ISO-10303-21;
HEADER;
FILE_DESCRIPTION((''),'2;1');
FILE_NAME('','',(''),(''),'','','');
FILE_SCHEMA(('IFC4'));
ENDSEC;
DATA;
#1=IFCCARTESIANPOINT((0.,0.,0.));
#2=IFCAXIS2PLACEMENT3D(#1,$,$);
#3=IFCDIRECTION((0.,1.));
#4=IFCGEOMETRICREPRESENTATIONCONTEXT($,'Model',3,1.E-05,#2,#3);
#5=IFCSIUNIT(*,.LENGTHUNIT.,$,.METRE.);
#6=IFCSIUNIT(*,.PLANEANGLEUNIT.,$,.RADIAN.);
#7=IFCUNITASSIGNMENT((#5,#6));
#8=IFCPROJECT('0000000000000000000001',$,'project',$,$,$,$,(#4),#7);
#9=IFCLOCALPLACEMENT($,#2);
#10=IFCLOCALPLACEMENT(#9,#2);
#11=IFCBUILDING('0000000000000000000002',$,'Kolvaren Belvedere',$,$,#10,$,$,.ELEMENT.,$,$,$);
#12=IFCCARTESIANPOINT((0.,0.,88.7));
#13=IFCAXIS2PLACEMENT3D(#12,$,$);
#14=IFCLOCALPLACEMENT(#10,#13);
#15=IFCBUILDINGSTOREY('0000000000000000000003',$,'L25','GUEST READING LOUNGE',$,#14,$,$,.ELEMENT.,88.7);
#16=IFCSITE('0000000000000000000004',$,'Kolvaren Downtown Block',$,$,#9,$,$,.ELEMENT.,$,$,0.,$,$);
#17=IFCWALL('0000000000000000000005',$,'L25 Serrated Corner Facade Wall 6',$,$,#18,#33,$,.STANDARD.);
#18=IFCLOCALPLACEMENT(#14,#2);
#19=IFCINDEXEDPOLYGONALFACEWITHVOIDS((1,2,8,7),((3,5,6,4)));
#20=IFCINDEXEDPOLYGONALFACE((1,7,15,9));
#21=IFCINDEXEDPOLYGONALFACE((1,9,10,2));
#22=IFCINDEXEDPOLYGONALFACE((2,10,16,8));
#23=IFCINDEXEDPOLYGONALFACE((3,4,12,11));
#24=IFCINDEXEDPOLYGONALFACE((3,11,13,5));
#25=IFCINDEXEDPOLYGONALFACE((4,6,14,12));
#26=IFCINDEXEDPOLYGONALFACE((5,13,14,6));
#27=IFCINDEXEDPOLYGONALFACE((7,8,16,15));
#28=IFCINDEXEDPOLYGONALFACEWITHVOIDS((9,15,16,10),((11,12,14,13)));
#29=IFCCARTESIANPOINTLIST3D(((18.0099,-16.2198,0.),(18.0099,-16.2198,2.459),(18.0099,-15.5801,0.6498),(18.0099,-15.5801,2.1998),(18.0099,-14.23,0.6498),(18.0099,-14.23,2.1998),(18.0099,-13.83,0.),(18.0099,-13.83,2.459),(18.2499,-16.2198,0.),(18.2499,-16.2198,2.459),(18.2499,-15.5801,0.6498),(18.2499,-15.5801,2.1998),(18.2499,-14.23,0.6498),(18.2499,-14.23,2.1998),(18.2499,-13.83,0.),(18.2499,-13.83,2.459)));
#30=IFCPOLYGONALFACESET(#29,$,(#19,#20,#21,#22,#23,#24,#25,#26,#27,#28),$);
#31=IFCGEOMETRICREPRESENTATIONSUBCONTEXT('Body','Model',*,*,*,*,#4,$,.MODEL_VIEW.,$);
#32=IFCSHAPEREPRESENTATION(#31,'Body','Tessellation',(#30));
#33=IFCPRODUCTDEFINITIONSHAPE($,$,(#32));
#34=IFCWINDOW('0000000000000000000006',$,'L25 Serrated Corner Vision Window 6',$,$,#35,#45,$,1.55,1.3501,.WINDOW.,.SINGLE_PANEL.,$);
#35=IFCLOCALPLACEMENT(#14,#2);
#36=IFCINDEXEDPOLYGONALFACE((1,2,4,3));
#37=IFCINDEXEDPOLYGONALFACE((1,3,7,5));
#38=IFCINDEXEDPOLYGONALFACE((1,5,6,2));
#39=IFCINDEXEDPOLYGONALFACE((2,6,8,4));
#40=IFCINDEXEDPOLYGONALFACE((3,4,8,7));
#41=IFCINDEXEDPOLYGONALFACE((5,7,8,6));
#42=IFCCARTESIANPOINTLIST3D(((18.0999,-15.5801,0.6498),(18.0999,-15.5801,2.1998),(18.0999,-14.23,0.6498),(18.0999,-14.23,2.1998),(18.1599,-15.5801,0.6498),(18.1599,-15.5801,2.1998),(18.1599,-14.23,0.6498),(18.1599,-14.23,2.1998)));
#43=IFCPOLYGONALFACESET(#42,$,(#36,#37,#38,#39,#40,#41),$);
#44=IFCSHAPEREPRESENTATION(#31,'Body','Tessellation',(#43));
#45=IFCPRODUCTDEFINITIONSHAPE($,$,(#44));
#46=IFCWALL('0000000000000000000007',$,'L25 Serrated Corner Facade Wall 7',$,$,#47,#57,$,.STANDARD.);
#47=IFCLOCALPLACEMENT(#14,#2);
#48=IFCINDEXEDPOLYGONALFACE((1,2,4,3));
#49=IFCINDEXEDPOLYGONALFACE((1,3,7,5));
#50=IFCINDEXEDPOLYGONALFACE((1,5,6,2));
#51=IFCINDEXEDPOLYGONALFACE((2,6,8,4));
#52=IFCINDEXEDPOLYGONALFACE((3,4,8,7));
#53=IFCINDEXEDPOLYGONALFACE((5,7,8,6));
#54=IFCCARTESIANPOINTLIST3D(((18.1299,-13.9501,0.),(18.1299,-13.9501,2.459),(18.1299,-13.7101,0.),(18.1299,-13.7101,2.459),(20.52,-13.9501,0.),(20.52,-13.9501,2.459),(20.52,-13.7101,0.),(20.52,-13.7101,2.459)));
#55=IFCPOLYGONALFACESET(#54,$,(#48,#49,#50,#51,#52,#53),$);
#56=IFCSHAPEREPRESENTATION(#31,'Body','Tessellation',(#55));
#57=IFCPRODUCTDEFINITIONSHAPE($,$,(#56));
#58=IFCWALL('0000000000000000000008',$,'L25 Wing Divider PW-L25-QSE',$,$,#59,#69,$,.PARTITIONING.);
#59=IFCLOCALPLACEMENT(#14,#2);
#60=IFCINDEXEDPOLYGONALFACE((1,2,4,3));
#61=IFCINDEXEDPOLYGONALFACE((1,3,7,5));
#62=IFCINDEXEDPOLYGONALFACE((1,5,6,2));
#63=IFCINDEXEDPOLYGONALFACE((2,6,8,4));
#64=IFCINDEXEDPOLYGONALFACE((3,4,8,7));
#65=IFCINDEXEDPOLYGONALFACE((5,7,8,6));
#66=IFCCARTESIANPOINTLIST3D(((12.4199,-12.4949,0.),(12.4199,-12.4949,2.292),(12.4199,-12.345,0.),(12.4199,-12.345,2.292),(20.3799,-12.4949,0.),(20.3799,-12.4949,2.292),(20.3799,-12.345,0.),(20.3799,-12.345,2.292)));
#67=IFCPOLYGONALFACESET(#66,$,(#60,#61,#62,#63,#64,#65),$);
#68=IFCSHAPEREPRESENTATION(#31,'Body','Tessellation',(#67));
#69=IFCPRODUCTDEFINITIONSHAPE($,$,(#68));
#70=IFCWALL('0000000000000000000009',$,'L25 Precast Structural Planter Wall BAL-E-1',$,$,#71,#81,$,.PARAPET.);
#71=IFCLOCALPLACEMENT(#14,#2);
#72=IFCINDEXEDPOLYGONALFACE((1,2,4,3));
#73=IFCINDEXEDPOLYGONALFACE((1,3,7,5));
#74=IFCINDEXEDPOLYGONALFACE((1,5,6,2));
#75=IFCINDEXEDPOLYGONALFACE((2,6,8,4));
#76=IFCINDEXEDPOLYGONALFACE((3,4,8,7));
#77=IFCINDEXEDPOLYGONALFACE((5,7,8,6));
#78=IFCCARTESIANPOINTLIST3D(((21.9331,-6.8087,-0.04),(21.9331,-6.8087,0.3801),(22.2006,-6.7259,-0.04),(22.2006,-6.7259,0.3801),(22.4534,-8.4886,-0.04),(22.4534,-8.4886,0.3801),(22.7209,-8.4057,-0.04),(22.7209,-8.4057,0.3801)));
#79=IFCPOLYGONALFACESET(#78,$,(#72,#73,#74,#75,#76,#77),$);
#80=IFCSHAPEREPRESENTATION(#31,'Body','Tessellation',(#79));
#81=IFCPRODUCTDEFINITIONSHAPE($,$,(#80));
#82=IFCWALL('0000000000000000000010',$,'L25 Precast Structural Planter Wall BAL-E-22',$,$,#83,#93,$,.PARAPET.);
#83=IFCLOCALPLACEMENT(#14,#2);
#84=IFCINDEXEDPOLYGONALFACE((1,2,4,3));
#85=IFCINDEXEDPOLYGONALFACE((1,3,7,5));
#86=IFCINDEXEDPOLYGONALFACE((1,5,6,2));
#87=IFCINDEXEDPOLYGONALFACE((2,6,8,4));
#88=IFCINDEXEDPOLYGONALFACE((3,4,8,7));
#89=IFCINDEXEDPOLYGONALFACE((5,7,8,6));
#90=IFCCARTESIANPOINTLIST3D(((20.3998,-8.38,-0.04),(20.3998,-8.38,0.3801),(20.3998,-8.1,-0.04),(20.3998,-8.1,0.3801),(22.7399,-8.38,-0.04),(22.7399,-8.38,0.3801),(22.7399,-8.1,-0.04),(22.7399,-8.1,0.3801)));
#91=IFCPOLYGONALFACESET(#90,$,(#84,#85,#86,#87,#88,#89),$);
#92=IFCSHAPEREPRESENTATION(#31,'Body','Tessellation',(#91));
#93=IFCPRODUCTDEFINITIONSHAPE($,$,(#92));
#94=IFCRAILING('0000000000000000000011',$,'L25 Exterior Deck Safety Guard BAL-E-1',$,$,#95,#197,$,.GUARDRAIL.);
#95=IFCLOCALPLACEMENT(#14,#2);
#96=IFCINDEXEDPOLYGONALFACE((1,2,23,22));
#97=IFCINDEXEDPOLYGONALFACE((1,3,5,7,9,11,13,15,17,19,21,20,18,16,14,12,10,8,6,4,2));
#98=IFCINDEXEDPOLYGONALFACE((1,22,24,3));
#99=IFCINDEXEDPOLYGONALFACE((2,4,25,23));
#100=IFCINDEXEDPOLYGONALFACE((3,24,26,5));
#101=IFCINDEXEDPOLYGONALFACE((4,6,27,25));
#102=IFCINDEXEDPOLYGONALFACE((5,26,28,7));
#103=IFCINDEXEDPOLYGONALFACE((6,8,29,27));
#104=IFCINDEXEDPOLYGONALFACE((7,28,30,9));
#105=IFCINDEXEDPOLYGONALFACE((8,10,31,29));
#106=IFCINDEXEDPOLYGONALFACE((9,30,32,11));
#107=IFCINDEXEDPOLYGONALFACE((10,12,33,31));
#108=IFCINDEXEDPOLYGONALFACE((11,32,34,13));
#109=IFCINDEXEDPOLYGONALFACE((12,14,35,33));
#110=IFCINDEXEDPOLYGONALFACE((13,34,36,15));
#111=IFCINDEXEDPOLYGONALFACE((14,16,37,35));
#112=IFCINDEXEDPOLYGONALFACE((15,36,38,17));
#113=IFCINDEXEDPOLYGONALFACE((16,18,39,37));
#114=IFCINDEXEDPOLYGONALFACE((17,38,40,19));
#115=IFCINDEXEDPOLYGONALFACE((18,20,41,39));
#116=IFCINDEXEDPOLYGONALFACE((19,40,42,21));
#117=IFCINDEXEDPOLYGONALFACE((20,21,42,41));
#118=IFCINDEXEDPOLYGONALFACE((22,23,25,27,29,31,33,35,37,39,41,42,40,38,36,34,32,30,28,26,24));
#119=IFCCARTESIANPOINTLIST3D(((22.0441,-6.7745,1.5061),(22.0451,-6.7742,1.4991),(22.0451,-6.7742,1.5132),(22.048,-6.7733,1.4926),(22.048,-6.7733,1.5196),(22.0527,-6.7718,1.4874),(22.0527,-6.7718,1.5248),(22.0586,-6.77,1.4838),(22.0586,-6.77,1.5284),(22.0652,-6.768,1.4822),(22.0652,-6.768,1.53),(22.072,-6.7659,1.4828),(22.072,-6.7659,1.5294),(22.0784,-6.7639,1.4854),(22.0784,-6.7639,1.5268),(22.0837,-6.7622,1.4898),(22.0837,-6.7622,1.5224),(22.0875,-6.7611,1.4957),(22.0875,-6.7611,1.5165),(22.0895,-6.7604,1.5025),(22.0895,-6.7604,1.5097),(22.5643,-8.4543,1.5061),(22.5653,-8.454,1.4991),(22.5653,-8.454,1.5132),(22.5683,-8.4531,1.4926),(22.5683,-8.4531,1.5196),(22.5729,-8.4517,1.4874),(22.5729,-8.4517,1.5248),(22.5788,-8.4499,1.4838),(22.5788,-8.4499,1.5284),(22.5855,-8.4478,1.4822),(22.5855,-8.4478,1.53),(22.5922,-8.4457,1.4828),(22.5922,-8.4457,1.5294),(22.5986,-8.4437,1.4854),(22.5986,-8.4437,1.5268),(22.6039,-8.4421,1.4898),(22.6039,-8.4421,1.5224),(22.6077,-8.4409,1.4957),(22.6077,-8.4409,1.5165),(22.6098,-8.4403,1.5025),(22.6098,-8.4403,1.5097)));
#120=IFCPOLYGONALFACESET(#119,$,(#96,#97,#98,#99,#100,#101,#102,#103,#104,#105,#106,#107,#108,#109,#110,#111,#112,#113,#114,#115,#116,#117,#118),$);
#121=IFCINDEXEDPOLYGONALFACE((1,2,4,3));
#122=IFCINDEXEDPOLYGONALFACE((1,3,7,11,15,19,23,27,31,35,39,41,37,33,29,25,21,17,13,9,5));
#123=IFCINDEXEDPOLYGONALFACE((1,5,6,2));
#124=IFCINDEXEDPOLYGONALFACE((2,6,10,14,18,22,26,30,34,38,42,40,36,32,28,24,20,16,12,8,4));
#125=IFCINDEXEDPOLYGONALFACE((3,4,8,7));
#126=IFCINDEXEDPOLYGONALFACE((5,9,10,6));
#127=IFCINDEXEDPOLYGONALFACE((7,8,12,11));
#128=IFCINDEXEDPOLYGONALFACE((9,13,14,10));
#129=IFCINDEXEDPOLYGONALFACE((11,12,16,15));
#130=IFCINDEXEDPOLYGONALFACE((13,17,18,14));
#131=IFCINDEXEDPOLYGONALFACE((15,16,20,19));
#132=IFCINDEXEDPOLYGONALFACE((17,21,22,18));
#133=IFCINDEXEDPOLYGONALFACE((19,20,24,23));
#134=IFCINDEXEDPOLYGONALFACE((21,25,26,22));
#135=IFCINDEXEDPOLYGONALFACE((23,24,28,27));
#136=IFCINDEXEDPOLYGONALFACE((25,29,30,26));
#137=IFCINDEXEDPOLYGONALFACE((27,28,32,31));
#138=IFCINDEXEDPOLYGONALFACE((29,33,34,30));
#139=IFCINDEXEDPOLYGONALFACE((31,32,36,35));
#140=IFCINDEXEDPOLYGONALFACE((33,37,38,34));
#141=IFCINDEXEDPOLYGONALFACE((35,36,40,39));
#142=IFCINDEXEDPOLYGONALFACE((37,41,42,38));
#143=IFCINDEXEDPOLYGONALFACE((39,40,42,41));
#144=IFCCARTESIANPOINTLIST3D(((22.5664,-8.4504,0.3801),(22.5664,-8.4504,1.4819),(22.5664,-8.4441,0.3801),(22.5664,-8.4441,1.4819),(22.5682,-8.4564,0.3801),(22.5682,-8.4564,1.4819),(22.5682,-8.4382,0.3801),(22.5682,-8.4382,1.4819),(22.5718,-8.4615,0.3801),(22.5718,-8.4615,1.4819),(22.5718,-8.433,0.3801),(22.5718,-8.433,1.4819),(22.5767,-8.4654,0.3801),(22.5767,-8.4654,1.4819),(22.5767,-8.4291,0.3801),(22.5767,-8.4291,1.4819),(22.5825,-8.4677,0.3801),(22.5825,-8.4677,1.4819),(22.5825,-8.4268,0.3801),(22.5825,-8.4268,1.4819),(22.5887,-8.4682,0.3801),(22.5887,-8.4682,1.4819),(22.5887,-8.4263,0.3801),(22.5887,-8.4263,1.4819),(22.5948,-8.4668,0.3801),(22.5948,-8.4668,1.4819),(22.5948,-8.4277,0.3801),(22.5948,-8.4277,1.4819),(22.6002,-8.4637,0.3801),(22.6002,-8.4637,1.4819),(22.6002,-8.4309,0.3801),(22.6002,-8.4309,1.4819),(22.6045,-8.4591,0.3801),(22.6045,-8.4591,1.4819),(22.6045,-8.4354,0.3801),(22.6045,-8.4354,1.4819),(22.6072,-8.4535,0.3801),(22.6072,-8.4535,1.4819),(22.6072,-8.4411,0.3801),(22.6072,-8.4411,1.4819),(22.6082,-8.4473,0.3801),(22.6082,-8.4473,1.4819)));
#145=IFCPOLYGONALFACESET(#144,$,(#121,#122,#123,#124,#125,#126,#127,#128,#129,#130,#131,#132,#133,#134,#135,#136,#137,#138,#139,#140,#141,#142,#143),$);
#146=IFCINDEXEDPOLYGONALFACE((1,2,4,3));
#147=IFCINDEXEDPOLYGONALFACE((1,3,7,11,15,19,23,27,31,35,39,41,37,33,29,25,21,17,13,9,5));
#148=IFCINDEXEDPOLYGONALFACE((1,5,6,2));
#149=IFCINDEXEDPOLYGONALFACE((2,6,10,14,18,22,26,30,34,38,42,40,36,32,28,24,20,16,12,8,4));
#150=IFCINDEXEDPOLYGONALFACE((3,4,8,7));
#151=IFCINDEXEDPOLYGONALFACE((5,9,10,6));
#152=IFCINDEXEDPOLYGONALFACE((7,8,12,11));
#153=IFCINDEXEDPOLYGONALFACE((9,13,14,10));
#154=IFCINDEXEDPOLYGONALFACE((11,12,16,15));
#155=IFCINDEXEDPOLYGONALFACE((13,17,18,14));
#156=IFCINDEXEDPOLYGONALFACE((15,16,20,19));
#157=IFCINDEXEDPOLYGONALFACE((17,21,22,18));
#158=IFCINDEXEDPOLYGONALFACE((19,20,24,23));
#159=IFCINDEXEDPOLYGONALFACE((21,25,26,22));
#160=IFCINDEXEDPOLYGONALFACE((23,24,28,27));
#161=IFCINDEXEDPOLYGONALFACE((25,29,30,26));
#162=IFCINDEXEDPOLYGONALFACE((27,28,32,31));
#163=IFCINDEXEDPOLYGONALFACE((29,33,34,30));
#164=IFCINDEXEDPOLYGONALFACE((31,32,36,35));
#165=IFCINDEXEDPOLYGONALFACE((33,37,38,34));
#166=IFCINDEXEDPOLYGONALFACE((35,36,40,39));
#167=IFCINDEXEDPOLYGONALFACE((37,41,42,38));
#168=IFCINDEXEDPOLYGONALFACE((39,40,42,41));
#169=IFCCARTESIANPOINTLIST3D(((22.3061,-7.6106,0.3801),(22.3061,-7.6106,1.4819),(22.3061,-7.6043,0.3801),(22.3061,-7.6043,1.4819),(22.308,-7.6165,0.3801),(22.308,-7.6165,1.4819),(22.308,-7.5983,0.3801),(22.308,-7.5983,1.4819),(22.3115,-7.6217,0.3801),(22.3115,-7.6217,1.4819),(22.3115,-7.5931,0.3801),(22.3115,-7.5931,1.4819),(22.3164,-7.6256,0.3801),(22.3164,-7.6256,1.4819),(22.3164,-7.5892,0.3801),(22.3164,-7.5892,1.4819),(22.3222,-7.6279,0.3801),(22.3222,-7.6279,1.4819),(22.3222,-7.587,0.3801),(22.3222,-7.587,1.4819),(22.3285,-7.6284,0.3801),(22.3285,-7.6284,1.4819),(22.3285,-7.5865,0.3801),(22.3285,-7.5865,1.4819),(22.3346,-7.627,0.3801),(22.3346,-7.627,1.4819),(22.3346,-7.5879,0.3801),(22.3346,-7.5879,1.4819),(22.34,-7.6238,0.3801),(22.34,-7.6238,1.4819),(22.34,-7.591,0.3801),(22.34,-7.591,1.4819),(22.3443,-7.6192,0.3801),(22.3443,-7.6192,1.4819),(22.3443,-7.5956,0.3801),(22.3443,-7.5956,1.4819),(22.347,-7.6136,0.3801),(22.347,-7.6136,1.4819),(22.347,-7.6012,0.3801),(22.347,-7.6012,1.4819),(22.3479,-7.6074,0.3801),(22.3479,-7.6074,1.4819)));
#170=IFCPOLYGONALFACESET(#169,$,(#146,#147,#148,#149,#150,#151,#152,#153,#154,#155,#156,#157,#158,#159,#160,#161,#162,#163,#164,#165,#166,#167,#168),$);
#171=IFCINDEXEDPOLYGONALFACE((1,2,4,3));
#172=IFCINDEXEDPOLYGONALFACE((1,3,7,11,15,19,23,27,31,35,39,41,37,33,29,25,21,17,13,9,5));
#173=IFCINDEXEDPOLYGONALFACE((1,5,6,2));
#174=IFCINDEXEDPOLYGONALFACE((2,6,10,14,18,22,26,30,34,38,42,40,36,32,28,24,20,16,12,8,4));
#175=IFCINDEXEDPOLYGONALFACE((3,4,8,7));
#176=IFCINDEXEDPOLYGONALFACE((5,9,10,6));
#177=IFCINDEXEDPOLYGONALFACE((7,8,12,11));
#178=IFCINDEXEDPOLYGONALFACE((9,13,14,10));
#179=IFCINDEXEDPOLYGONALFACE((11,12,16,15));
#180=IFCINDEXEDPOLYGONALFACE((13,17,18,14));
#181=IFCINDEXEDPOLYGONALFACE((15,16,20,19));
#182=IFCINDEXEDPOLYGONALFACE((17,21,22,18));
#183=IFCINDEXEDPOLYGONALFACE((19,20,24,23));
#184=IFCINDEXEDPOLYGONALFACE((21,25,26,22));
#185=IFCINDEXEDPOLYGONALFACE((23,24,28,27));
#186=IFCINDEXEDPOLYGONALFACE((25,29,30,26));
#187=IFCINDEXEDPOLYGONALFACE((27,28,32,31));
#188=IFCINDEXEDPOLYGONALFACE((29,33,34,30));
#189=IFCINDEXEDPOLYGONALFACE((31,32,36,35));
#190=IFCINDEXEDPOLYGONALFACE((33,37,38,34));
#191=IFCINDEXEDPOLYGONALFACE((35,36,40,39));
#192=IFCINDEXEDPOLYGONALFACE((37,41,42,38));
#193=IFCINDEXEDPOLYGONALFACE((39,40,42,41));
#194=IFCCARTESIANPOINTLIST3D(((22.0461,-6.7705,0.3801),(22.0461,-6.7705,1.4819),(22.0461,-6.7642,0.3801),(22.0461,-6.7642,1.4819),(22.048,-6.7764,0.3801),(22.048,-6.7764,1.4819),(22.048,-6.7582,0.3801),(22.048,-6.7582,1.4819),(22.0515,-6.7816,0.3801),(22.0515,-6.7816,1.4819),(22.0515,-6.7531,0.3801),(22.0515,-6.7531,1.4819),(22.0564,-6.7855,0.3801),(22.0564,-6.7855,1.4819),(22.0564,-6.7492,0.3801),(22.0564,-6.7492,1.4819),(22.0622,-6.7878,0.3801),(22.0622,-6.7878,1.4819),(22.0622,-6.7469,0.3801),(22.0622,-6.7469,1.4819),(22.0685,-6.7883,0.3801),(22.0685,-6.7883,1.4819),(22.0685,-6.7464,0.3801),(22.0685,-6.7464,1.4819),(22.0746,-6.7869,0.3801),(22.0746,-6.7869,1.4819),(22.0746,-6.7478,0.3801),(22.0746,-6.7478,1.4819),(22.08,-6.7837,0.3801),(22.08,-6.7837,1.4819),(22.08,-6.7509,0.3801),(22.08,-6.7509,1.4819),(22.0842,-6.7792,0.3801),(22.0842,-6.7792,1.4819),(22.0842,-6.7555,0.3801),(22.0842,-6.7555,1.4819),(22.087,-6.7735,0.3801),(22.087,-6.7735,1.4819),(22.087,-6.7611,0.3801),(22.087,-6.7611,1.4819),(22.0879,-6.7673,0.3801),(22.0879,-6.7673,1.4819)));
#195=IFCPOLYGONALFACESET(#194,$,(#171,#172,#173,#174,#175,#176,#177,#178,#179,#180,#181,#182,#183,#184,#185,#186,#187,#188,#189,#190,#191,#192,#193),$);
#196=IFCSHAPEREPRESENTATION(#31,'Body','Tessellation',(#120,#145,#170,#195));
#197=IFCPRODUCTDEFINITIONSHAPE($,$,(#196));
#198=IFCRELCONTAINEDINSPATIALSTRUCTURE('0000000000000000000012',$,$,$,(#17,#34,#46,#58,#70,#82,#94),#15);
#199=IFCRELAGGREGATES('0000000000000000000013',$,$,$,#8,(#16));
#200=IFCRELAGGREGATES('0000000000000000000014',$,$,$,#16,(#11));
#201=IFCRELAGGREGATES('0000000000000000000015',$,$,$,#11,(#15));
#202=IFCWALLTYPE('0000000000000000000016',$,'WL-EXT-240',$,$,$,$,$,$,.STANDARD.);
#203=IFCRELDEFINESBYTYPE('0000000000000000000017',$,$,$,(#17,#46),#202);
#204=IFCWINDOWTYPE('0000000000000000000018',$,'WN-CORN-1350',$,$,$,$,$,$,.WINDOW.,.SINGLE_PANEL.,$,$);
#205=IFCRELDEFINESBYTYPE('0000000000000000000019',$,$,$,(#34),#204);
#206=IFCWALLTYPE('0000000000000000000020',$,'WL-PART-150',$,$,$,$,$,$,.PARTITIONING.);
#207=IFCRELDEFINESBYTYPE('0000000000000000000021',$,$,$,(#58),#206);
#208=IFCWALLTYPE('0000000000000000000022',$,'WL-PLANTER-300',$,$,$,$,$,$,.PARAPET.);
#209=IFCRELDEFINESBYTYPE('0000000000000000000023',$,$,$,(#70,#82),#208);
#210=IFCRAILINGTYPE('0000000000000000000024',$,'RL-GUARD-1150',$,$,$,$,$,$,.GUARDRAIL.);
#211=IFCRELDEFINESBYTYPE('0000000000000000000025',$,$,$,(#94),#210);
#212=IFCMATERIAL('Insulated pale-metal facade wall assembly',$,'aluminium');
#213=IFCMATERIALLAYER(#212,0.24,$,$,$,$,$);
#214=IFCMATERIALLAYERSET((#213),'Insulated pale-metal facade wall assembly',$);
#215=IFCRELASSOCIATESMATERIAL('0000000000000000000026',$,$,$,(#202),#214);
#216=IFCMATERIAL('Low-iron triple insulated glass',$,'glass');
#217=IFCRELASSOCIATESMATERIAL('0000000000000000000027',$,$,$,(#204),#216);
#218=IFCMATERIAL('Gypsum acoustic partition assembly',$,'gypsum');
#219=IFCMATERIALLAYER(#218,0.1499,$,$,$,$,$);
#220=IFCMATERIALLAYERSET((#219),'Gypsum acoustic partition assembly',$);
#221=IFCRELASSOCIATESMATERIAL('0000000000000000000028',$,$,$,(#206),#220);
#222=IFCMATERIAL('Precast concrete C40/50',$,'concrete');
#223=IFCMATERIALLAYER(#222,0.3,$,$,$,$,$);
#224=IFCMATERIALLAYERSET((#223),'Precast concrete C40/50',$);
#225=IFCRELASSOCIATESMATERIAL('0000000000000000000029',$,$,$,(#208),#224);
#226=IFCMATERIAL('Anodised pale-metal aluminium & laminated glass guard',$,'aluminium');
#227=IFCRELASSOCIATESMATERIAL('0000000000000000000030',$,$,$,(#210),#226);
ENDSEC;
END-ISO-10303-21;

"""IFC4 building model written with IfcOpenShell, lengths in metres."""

from ifc_helpers import new_model, si_unit, direction, frame, frame_2d, origin, origin_2d, place, context, subcontext, project, spatial, rectangle, circle, extrude, material, layer, layer_set, type_object, element, fill, save


model = new_model("IFC4")

# Units and contexts
model_context = context("Model", 3, precision=1e-05, world=origin(), true_north=direction((0.0, 1.0)))
body_context = subcontext(model_context, "Body", "Model", "MODEL_VIEW")
ifc_project = project(units=[si_unit("LENGTHUNIT", "METRE"), si_unit("PLANEANGLEUNIT", "RADIAN")], contexts=[model_context])

# Site, building, storey
site_placement = place(None, origin())
site = spatial("IfcSite", under=ifc_project, at=site_placement, Name="Kolvaren Downtown Block", CompositionType="ELEMENT", RefElevation=0.0)
building_placement = place(site_placement, origin())
building = spatial("IfcBuilding", under=site, at=building_placement, Name="Kolvaren Belvedere", CompositionType="ELEMENT")
storey_placement = place(building_placement, frame((0.0, 0.0, 88.7)))
storey = spatial("IfcBuildingStorey", under=building, at=storey_placement, Name="L25", Description="GUEST READING LOUNGE", CompositionType="ELEMENT", Elevation=88.7)

# Shared definitions
ifc_material_1 = material(Name="Insulated pale-metal facade wall assembly", Category="aluminium")
ifc_layer_1 = layer(ifc_material_1, 0.24)
ifc_layer_set_1 = layer_set([ifc_layer_1], Name="Insulated pale-metal facade wall assembly")
wall_type_1 = type_object("IfcWallType", Name="WL-EXT-240", PredefinedType="STANDARD", material=ifc_layer_set_1)

# Wall, opening, window
ifc_material_2 = material(Name="Low-iron triple insulated glass", Category="glass")
window_type_1 = type_object("IfcWindowType", Name="WN-CORN-1350", PartitioningType="SINGLE_PANEL", PredefinedType="WINDOW", material=ifc_material_2)
wall_1_placement = place(storey_placement, frame((18.1299, -13.8301, 0.0), z_axis=(0.0, 0.0, 1.0), x_axis=(0.0, -1.0, 0.0)))
wall_1 = element("IfcWall", 1, at=wall_1_placement, inside=storey, type_object=wall_type_1, Name="L25 Serrated Corner Facade Wall 6", PredefinedType="STANDARD", context=body_context, shape_type="SweptSolid", body=[
    extrude(rectangle(XDim=2.3899, YDim=0.24, at=frame_2d((1.1948, 0.0))), origin(), (0.0, 0.0, 1.0), 2.459),
])
opening_1_placement = place(wall_1_placement, frame((0.3999, 0.0, 0.6499)))
opening_1 = element("IfcOpeningElement", 2, at=opening_1_placement, cuts=wall_1, PredefinedType="OPENING", context=body_context, shape_type="SweptSolid", body=[
    extrude(rectangle(XDim=1.3501, YDim=1.55, at=frame_2d((0.675, 0.7749))), frame((0.0, 0.1299, 0.0), z_axis=(0.0, -1.0, 0.0), x_axis=(1.0, 0.0, 0.0)), (0.0, 0.0, 1.0), 0.26),
])
window_1_placement = place(opening_1_placement, origin())
window_1 = element("IfcWindow", 3, at=window_1_placement, inside=storey, type_object=window_type_1, Name="L25 Serrated Corner Vision Window 6", OverallHeight=1.55, OverallWidth=1.3501, PartitioningType="SINGLE_PANEL", PredefinedType="WINDOW", context=body_context, shape_type="SweptSolid", body=[
    extrude(rectangle(XDim=1.3501, YDim=1.55, at=frame_2d((0.675, 0.7749))), frame((0.0, 0.03, 0.0), z_axis=(0.0, -1.0, 0.0), x_axis=(1.0, 0.0, 0.0)), (0.0, 0.0, 1.0), 0.0601),
])
fill(opening_1, window_1)

# Walls
wall_2_placement = place(storey_placement, frame((20.52, -13.8301, 0.0), z_axis=(0.0, 0.0, 1.0), x_axis=(-1.0, 0.0, 0.0)))
element("IfcWall", 4, at=wall_2_placement, inside=storey, type_object=wall_type_1, Name="L25 Serrated Corner Facade Wall 7", PredefinedType="STANDARD", context=body_context, shape_type="SweptSolid", body=[
    extrude(rectangle(XDim=2.3901, YDim=0.24, at=frame_2d((1.1951, 0.0))), origin(), (0.0, 0.0, 1.0), 2.459),
])
ifc_material_3 = material(Name="Gypsum acoustic partition assembly", Category="gypsum")
ifc_layer_2 = layer(ifc_material_3, 0.1499)
ifc_layer_set_2 = layer_set([ifc_layer_2], Name="Gypsum acoustic partition assembly")
wall_type_2 = type_object("IfcWallType", Name="WL-PART-150", PredefinedType="PARTITIONING", material=ifc_layer_set_2)
wall_3_placement = place(storey_placement, frame((12.4199, -12.4199, 0.0), z_axis=(0.0, 0.0, 1.0), x_axis=(1.0, 0.0, 0.0)))
element("IfcWall", 5, at=wall_3_placement, inside=storey, type_object=wall_type_2, Name="L25 Wing Divider PW-L25-QSE", PredefinedType="PARTITIONING", context=body_context, shape_type="SweptSolid", body=[
    extrude(rectangle(XDim=7.96, YDim=0.1499, at=frame_2d((3.98, 0.0))), origin(), (0.0, 0.0, 1.0), 2.292),
])
ifc_material_4 = material(Name="Precast concrete C40/50", Category="concrete")
ifc_layer_3 = layer(ifc_material_4, 0.3)
ifc_layer_set_3 = layer_set([ifc_layer_3], Name="Precast concrete C40/50")
wall_type_3 = type_object("IfcWallType", Name="WL-PLANTER-300", PredefinedType="PARAPET", material=ifc_layer_set_3)
wall_4_placement = place(storey_placement, frame((22.5872, -8.4473, -0.04), z_axis=(0.0, 0.0, 1.0), x_axis=(-0.295832, 0.95524, 0.0)))
element("IfcWall", 6, at=wall_4_placement, inside=storey, type_object=wall_type_3, Name="L25 Precast Structural Planter Wall BAL-E-1", PredefinedType="PARAPET", context=body_context, shape_type="SweptSolid", body=[
    extrude(rectangle(XDim=1.7585, YDim=0.28, at=frame_2d((0.8794, 0.0))), origin(), (0.0, 0.0, 1.0), 0.4202),
])
wall_5_placement = place(storey_placement, frame((20.3999, -8.24, -0.04), z_axis=(0.0, 0.0, 1.0), x_axis=(1.0, 0.0, 0.0)))
element("IfcWall", 7, at=wall_5_placement, inside=storey, type_object=wall_type_3, Name="L25 Precast Structural Planter Wall BAL-E-22", PredefinedType="PARAPET", context=body_context, shape_type="SweptSolid", body=[
    extrude(rectangle(XDim=2.3401, YDim=0.28, at=frame_2d((1.1699, 0.0))), origin(), (0.0, 0.0, 1.0), 0.4202),
])

# Railing
ifc_material_5 = material(Name="Anodised pale-metal aluminium & laminated glass guard", Category="aluminium")
railing_type = type_object("IfcRailingType", Name="RL-GUARD-1150", PredefinedType="GUARDRAIL", material=ifc_material_5)
railing_1_placement = place(storey_placement, frame((22.5872, -8.4473, 0.3801)))
element("IfcRailing", 8, at=railing_1_placement, inside=storey, type_object=railing_type, Name="L25 Exterior Deck Safety Guard BAL-E-1", PredefinedType="GUARDRAIL", context=body_context, shape_type="SweptSolid", body=[
    extrude(circle(Radius=0.0239, at=origin_2d()), frame((0.0, 0.0, 1.126), z_axis=(-0.295832, 0.95524, 0.0), x_axis=(-0.95524, -0.295832, 0.0)), (0.0, 0.0, 1.0), 1.7585),
    extrude(circle(Radius=0.021, at=origin_2d()), origin(), (0.0, 0.0, 1.0), 1.1018),
    extrude(circle(Radius=0.021, at=origin_2d()), frame((-0.2603, 0.8398, 0.0)), (0.0, 0.0, 1.0), 1.1018),
    extrude(circle(Radius=0.021, at=origin_2d()), frame((-0.5203, 1.6799, 0.0)), (0.0, 0.0, 1.0), 1.1018),
])

save(model, "model.ifc")
